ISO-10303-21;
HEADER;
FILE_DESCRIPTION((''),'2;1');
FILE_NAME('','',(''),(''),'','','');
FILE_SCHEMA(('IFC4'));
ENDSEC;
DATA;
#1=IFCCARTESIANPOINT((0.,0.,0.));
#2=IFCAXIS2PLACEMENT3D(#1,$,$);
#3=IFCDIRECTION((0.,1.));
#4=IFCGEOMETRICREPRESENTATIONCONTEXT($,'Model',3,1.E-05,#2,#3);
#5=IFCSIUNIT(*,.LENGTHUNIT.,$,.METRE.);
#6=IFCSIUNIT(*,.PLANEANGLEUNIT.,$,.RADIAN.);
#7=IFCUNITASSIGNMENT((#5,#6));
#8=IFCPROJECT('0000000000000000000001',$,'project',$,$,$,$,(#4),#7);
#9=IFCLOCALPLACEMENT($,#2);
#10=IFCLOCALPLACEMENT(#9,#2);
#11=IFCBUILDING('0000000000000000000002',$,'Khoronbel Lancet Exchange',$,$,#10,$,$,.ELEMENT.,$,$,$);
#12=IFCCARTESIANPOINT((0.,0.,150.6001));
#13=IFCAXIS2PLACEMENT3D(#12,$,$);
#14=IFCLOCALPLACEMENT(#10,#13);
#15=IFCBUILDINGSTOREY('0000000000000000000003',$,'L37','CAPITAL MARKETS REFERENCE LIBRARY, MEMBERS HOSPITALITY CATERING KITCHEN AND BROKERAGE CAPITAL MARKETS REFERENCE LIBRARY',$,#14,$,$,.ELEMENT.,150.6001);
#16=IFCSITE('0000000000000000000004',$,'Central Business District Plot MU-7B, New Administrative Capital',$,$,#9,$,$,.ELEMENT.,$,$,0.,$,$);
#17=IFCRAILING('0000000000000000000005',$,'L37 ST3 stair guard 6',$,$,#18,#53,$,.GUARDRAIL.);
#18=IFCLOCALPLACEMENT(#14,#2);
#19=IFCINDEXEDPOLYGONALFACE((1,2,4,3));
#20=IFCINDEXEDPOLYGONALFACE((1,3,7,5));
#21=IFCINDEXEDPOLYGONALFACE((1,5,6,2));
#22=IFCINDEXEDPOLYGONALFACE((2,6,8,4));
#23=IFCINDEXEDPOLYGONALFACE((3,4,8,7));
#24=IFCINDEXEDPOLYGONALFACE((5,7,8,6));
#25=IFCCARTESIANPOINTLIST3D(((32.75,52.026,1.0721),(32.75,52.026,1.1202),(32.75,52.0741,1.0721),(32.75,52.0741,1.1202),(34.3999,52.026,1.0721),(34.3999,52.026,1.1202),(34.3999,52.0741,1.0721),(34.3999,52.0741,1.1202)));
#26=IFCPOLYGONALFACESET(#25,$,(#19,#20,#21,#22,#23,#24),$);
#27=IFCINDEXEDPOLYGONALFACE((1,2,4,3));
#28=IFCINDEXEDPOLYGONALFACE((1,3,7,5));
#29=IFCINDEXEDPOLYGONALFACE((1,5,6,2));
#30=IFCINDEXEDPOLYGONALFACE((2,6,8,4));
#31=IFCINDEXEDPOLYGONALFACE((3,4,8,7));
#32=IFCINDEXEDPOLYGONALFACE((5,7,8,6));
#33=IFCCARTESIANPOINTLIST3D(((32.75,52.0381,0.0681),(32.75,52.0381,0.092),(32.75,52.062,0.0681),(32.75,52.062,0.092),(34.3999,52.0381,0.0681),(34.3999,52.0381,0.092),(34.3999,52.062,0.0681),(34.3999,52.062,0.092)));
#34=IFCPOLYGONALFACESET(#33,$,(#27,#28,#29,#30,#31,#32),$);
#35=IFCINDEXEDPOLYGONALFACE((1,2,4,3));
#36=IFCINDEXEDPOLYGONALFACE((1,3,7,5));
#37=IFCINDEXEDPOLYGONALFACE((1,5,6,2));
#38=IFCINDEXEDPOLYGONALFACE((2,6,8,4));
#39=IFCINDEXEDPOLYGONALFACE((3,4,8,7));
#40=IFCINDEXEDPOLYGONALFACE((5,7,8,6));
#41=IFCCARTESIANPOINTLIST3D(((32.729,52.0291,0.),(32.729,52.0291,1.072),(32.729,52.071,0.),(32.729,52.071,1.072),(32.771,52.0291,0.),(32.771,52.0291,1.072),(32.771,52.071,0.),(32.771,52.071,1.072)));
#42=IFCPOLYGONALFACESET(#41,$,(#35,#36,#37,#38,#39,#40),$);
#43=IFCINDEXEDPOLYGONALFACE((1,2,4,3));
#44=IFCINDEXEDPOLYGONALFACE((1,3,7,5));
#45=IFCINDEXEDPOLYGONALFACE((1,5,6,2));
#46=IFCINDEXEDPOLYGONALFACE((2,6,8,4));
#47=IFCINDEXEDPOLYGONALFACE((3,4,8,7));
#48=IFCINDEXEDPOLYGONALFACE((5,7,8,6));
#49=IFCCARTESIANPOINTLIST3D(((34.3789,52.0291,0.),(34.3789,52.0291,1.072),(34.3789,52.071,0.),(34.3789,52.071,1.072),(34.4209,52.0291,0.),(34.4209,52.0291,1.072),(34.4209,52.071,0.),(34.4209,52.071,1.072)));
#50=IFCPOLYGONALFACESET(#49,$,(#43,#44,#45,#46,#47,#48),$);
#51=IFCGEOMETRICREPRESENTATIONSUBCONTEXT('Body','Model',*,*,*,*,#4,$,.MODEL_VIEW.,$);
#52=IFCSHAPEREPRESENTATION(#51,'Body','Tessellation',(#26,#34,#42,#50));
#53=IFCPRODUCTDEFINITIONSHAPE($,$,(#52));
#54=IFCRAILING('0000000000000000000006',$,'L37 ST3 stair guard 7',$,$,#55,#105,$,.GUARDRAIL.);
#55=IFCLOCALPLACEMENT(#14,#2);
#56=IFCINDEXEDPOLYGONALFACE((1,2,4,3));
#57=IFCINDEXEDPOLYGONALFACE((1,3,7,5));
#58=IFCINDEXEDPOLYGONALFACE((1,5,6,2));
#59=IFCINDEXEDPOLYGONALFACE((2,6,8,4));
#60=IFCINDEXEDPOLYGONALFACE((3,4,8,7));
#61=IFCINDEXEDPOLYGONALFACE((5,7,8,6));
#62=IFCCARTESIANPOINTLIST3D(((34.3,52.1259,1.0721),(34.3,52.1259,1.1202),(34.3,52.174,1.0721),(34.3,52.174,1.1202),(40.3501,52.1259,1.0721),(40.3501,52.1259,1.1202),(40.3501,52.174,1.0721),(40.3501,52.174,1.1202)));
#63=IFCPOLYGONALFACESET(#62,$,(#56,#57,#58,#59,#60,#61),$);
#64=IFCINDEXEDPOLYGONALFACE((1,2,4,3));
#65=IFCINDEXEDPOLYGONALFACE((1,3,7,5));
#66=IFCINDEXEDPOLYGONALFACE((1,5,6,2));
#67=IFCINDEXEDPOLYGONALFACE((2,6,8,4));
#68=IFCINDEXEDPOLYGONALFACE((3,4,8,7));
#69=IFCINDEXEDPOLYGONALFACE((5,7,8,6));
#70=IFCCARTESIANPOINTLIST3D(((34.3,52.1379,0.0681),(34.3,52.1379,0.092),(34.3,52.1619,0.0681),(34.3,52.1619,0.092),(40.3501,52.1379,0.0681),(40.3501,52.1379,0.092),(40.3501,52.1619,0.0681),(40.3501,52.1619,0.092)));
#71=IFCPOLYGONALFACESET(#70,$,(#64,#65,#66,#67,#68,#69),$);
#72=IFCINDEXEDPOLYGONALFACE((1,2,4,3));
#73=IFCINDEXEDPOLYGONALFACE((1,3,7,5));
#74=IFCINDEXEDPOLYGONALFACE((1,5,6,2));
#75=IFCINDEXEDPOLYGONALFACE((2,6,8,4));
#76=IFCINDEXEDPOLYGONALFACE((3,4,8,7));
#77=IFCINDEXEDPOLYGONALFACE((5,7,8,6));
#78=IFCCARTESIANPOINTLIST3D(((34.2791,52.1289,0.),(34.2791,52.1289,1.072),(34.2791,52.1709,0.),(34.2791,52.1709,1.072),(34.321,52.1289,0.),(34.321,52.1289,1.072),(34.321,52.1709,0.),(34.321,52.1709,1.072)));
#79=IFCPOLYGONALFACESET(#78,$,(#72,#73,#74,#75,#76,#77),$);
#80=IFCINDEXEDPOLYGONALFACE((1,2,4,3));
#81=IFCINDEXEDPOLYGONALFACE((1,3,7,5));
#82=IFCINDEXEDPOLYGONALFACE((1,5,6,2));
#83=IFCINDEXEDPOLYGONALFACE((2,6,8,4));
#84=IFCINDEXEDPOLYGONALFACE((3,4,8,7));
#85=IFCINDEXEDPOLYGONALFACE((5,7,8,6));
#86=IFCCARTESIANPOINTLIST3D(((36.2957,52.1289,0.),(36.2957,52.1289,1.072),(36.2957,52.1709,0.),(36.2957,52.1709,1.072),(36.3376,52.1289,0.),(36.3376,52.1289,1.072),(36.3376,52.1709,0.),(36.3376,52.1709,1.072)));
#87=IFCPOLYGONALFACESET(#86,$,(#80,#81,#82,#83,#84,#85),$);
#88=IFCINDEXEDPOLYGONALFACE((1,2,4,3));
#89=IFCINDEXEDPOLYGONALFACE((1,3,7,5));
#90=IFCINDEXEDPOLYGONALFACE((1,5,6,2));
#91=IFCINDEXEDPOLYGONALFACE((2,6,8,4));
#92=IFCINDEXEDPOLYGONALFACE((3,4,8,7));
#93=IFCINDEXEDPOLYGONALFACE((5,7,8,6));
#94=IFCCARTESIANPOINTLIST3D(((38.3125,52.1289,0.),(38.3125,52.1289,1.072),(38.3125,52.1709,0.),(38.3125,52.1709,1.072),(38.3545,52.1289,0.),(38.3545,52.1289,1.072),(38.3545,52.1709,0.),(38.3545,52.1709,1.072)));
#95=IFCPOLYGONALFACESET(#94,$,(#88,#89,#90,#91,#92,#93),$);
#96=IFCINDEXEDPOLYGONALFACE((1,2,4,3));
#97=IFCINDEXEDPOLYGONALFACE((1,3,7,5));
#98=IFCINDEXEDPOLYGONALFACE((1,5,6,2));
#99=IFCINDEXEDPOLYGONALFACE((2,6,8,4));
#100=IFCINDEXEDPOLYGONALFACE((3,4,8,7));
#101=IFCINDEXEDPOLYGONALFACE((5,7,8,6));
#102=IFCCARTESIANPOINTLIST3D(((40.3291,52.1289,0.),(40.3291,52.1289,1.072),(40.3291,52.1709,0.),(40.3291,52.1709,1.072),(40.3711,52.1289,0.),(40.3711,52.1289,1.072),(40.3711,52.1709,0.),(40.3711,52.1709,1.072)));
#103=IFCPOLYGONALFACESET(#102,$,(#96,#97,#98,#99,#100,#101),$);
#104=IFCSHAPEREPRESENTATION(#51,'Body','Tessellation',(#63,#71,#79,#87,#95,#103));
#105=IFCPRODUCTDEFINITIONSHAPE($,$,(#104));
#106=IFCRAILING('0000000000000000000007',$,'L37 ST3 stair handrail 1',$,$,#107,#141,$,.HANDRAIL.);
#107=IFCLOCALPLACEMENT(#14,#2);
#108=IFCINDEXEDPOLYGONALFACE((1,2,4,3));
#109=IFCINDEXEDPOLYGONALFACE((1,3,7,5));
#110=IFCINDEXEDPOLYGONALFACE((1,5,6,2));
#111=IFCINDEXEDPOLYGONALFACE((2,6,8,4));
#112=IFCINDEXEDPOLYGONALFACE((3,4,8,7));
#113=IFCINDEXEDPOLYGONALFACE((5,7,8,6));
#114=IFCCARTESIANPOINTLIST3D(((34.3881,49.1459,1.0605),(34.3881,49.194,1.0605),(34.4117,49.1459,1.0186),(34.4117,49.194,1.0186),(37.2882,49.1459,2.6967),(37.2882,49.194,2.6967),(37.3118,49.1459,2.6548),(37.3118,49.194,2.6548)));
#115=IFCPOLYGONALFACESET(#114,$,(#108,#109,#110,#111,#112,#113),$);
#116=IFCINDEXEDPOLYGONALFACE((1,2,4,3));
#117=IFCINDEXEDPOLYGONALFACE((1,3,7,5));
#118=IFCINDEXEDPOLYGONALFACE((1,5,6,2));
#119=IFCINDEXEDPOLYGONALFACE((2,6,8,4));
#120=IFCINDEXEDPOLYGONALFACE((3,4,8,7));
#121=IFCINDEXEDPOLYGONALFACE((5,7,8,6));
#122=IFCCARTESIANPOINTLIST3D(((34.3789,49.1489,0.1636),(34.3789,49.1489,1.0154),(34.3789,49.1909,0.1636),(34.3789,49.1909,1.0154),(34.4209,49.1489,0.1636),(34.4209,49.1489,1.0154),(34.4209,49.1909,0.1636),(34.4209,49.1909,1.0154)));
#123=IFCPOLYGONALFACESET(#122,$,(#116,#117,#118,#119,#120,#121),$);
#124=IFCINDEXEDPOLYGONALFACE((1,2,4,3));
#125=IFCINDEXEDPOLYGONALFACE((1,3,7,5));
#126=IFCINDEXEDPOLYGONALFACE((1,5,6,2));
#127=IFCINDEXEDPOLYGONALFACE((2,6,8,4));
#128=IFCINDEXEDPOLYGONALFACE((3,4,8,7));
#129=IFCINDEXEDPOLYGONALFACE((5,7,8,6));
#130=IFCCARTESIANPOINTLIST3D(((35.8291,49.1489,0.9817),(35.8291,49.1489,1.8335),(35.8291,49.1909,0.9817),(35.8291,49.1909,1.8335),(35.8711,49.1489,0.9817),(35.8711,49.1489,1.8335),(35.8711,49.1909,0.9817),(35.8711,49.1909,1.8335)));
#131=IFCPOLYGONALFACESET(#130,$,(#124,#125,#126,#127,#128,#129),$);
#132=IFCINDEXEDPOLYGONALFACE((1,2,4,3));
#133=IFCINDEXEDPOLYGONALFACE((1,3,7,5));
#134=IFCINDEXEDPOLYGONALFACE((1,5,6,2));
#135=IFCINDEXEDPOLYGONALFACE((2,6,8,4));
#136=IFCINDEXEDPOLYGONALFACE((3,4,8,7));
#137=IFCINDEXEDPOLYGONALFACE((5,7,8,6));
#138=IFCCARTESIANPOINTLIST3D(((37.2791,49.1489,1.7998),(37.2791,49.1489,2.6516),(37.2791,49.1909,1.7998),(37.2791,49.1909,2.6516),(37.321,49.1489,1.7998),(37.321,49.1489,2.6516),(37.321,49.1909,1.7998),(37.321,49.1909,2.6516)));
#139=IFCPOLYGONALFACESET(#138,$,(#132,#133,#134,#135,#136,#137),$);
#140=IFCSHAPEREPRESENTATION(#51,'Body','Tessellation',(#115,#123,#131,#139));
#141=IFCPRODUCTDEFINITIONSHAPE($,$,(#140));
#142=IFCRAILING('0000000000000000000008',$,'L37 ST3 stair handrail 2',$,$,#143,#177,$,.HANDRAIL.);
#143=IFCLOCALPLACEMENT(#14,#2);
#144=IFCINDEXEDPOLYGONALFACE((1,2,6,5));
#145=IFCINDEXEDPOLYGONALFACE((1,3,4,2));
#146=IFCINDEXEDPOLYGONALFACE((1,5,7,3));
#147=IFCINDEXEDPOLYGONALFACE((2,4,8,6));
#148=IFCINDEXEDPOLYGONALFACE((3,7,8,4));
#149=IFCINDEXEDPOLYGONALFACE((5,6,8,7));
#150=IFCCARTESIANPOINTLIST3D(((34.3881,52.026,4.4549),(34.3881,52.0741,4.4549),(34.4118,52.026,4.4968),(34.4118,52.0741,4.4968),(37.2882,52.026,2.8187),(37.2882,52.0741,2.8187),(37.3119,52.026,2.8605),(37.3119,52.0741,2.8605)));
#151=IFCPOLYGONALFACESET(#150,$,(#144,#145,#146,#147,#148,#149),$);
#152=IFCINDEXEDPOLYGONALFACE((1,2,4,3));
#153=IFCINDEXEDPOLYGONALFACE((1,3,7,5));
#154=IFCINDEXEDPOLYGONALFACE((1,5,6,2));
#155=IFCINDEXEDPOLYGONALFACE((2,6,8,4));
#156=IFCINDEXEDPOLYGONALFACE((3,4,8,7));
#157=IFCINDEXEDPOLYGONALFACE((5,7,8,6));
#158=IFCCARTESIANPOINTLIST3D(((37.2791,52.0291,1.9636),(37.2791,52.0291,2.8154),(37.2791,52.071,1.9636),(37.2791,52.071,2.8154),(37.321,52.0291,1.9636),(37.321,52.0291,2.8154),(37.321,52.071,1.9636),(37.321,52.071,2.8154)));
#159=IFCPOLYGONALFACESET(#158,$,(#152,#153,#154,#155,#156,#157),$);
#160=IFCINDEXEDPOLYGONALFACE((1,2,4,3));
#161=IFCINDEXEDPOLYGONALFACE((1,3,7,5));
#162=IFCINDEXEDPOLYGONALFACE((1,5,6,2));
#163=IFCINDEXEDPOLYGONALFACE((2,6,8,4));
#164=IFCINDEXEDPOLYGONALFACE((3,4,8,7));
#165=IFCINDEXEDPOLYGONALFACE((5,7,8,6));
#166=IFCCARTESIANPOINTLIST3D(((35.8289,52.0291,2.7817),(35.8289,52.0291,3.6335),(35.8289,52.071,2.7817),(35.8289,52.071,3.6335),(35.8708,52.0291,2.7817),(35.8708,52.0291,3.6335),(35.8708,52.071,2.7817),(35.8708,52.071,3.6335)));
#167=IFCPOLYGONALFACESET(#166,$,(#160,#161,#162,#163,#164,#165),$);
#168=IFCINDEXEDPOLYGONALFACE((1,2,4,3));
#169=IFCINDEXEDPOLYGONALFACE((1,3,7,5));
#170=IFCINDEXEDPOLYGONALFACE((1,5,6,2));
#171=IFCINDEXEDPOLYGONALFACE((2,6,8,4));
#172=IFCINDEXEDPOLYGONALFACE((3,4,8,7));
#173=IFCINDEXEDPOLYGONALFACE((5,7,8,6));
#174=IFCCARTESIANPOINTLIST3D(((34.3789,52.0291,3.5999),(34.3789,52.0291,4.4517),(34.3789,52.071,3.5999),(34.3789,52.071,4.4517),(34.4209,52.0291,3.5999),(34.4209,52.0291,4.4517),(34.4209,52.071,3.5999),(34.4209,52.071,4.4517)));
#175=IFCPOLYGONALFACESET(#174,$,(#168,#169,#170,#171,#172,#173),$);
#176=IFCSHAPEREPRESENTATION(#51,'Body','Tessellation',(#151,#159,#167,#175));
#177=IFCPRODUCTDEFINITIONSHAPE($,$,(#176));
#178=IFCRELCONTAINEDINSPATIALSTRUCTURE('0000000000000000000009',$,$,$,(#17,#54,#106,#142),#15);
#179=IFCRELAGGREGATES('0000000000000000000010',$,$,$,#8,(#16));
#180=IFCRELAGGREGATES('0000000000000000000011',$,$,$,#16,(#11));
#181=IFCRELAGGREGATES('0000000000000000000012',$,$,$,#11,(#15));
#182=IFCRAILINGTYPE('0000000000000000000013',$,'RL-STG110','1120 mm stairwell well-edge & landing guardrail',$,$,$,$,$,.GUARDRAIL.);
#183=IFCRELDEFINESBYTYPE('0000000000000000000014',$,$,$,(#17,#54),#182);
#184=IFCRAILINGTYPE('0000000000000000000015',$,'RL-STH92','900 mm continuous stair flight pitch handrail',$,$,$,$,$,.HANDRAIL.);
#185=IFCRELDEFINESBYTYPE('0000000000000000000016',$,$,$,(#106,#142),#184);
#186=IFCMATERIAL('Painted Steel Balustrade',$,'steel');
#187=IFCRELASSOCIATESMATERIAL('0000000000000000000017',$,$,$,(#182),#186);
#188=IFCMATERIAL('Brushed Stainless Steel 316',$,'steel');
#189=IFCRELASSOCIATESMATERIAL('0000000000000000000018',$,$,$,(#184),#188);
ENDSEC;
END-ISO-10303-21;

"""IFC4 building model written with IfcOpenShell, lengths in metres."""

from ifc_helpers import new_model, si_unit, direction, frame, origin, origin_2d, place, context, subcontext, project, spatial, rectangle, extrude, material, type_object, element, save


model = new_model("IFC4")

# Units and contexts
model_context = context("Model", 3, precision=1e-05, world=origin(), true_north=direction((0.0, 1.0)))
body_context = subcontext(model_context, "Body", "Model", "MODEL_VIEW")
ifc_project = project(units=[si_unit("LENGTHUNIT", "METRE"), si_unit("PLANEANGLEUNIT", "RADIAN")], contexts=[model_context])

# Site, building, storey
site_placement = place(None, origin())
site = spatial("IfcSite", under=ifc_project, at=site_placement, Name="Central Business District Plot MU-7B, New Administrative Capital", CompositionType="ELEMENT", RefElevation=0.0)
building_placement = place(site_placement, origin())
building = spatial("IfcBuilding", under=site, at=building_placement, Name="Khoronbel Lancet Exchange", CompositionType="ELEMENT")
storey_placement = place(building_placement, frame((0.0, 0.0, 150.6001)))
storey = spatial("IfcBuildingStorey", under=building, at=storey_placement, Name="L37", Description="CAPITAL MARKETS REFERENCE LIBRARY, MEMBERS HOSPITALITY CATERING KITCHEN AND BROKERAGE CAPITAL MARKETS REFERENCE LIBRARY", CompositionType="ELEMENT", Elevation=150.6001)

# Railings
ifc_material_1 = material(Name="Painted Steel Balustrade", Category="steel")
railing_type_1 = type_object("IfcRailingType", Name="RL-STG110", Description="1120 mm stairwell well-edge & landing guardrail", PredefinedType="GUARDRAIL", material=ifc_material_1)
railing_1_placement = place(storey_placement, frame((32.75, 52.05, 0.0)))
element("IfcRailing", 1, at=railing_1_placement, inside=storey, type_object=railing_type_1, Name="L37 ST3 stair guard 6", PredefinedType="GUARDRAIL", context=body_context, shape_type="SweptSolid", body=[
    extrude(rectangle(XDim=0.0481, YDim=0.0481, at=origin_2d()), frame((0.0, 0.0, 1.0962), z_axis=(1.0, 0.0, 0.0), x_axis=(0.0, 1.0, 0.0)), (0.0, 0.0, 1.0), 1.6499),
    extrude(rectangle(XDim=0.0239, YDim=0.0239, at=origin_2d()), frame((0.0, 0.0, 0.0801), z_axis=(1.0, 0.0, 0.0), x_axis=(0.0, 1.0, 0.0)), (0.0, 0.0, 1.0), 1.6499),
    extrude(rectangle(XDim=0.042, YDim=0.042, at=origin_2d()), origin(), (0.0, 0.0, 1.0), 1.072),
    extrude(rectangle(XDim=0.042, YDim=0.042, at=origin_2d()), frame((1.6499, 0.0, 0.0)), (0.0, 0.0, 1.0), 1.072),
])
railing_2_placement = place(storey_placement, frame((34.3, 52.1499, 0.0)))
element("IfcRailing", 2, at=railing_2_placement, inside=storey, type_object=railing_type_1, Name="L37 ST3 stair guard 7", PredefinedType="GUARDRAIL", context=body_context, shape_type="SweptSolid", body=[
    extrude(rectangle(XDim=0.0481, YDim=0.0481, at=origin_2d()), frame((0.0, 0.0, 1.0962), z_axis=(1.0, 0.0, 0.0), x_axis=(0.0, 1.0, 0.0)), (0.0, 0.0, 1.0), 6.05),
    extrude(rectangle(XDim=0.0239, YDim=0.0239, at=origin_2d()), frame((0.0, 0.0, 0.0801), z_axis=(1.0, 0.0, 0.0), x_axis=(0.0, 1.0, 0.0)), (0.0, 0.0, 1.0), 6.05),
    extrude(rectangle(XDim=0.042, YDim=0.042, at=origin_2d()), origin(), (0.0, 0.0, 1.0), 1.072),
    extrude(rectangle(XDim=0.042, YDim=0.042, at=origin_2d()), frame((2.0166, 0.0, 0.0)), (0.0, 0.0, 1.0), 1.072),
    extrude(rectangle(XDim=0.042, YDim=0.042, at=origin_2d()), frame((4.0334, 0.0, 0.0)), (0.0, 0.0, 1.0), 1.072),
    extrude(rectangle(XDim=0.042, YDim=0.042, at=origin_2d()), frame((6.05, 0.0, 0.0)), (0.0, 0.0, 1.0), 1.072),
])
ifc_material_2 = material(Name="Brushed Stainless Steel 316", Category="steel")
railing_type_2 = type_object("IfcRailingType", Name="RL-STH92", Description="900 mm continuous stair flight pitch handrail", PredefinedType="HANDRAIL", material=ifc_material_2)
railing_3_placement = place(storey_placement, frame((34.3999, 49.1699, 0.1636)))
element("IfcRailing", 3, at=railing_3_placement, inside=storey, type_object=railing_type_2, Name="L37 ST3 stair handrail 1", PredefinedType="HANDRAIL", context=body_context, shape_type="SweptSolid", body=[
    extrude(rectangle(XDim=0.0481, YDim=0.0481, at=origin_2d()), frame((0.0, 0.0, 0.876), z_axis=(0.870946, 0.0, 0.491378), x_axis=(0.0, 1.0, 0.0)), (0.0, 0.0, 1.0), 3.3298),
    extrude(rectangle(XDim=0.042, YDim=0.042, at=origin_2d()), origin(), (0.0, 0.0, 1.0), 0.8518),
    extrude(rectangle(XDim=0.042, YDim=0.042, at=origin_2d()), frame((1.4502, 0.0, 0.8181)), (0.0, 0.0, 1.0), 0.8518),
    extrude(rectangle(XDim=0.042, YDim=0.042, at=origin_2d()), frame((2.9001, 0.0, 1.6362)), (0.0, 0.0, 1.0), 0.8518),
])
railing_4_placement = place(storey_placement, frame((37.3, 52.05, 1.9636)))
element("IfcRailing", 4, at=railing_4_placement, inside=storey, type_object=railing_type_2, Name="L37 ST3 stair handrail 2", PredefinedType="HANDRAIL", context=body_context, shape_type="SweptSolid", body=[
    extrude(rectangle(XDim=0.0481, YDim=0.0481, at=origin_2d()), frame((0.0, 0.0, 0.876), z_axis=(-0.870946, 0.0, 0.491378), x_axis=(0.0, -1.0, 0.0)), (0.0, 0.0, 1.0), 3.3298),
    extrude(rectangle(XDim=0.042, YDim=0.042, at=origin_2d()), origin(), (0.0, 0.0, 1.0), 0.8518),
    extrude(rectangle(XDim=0.042, YDim=0.042, at=origin_2d()), frame((-1.4502, 0.0, 0.8181)), (0.0, 0.0, 1.0), 0.8518),
    extrude(rectangle(XDim=0.042, YDim=0.042, at=origin_2d()), frame((-2.9001, 0.0, 1.6362)), (0.0, 0.0, 1.0), 0.8518),
])

save(model, "model.ifc")
